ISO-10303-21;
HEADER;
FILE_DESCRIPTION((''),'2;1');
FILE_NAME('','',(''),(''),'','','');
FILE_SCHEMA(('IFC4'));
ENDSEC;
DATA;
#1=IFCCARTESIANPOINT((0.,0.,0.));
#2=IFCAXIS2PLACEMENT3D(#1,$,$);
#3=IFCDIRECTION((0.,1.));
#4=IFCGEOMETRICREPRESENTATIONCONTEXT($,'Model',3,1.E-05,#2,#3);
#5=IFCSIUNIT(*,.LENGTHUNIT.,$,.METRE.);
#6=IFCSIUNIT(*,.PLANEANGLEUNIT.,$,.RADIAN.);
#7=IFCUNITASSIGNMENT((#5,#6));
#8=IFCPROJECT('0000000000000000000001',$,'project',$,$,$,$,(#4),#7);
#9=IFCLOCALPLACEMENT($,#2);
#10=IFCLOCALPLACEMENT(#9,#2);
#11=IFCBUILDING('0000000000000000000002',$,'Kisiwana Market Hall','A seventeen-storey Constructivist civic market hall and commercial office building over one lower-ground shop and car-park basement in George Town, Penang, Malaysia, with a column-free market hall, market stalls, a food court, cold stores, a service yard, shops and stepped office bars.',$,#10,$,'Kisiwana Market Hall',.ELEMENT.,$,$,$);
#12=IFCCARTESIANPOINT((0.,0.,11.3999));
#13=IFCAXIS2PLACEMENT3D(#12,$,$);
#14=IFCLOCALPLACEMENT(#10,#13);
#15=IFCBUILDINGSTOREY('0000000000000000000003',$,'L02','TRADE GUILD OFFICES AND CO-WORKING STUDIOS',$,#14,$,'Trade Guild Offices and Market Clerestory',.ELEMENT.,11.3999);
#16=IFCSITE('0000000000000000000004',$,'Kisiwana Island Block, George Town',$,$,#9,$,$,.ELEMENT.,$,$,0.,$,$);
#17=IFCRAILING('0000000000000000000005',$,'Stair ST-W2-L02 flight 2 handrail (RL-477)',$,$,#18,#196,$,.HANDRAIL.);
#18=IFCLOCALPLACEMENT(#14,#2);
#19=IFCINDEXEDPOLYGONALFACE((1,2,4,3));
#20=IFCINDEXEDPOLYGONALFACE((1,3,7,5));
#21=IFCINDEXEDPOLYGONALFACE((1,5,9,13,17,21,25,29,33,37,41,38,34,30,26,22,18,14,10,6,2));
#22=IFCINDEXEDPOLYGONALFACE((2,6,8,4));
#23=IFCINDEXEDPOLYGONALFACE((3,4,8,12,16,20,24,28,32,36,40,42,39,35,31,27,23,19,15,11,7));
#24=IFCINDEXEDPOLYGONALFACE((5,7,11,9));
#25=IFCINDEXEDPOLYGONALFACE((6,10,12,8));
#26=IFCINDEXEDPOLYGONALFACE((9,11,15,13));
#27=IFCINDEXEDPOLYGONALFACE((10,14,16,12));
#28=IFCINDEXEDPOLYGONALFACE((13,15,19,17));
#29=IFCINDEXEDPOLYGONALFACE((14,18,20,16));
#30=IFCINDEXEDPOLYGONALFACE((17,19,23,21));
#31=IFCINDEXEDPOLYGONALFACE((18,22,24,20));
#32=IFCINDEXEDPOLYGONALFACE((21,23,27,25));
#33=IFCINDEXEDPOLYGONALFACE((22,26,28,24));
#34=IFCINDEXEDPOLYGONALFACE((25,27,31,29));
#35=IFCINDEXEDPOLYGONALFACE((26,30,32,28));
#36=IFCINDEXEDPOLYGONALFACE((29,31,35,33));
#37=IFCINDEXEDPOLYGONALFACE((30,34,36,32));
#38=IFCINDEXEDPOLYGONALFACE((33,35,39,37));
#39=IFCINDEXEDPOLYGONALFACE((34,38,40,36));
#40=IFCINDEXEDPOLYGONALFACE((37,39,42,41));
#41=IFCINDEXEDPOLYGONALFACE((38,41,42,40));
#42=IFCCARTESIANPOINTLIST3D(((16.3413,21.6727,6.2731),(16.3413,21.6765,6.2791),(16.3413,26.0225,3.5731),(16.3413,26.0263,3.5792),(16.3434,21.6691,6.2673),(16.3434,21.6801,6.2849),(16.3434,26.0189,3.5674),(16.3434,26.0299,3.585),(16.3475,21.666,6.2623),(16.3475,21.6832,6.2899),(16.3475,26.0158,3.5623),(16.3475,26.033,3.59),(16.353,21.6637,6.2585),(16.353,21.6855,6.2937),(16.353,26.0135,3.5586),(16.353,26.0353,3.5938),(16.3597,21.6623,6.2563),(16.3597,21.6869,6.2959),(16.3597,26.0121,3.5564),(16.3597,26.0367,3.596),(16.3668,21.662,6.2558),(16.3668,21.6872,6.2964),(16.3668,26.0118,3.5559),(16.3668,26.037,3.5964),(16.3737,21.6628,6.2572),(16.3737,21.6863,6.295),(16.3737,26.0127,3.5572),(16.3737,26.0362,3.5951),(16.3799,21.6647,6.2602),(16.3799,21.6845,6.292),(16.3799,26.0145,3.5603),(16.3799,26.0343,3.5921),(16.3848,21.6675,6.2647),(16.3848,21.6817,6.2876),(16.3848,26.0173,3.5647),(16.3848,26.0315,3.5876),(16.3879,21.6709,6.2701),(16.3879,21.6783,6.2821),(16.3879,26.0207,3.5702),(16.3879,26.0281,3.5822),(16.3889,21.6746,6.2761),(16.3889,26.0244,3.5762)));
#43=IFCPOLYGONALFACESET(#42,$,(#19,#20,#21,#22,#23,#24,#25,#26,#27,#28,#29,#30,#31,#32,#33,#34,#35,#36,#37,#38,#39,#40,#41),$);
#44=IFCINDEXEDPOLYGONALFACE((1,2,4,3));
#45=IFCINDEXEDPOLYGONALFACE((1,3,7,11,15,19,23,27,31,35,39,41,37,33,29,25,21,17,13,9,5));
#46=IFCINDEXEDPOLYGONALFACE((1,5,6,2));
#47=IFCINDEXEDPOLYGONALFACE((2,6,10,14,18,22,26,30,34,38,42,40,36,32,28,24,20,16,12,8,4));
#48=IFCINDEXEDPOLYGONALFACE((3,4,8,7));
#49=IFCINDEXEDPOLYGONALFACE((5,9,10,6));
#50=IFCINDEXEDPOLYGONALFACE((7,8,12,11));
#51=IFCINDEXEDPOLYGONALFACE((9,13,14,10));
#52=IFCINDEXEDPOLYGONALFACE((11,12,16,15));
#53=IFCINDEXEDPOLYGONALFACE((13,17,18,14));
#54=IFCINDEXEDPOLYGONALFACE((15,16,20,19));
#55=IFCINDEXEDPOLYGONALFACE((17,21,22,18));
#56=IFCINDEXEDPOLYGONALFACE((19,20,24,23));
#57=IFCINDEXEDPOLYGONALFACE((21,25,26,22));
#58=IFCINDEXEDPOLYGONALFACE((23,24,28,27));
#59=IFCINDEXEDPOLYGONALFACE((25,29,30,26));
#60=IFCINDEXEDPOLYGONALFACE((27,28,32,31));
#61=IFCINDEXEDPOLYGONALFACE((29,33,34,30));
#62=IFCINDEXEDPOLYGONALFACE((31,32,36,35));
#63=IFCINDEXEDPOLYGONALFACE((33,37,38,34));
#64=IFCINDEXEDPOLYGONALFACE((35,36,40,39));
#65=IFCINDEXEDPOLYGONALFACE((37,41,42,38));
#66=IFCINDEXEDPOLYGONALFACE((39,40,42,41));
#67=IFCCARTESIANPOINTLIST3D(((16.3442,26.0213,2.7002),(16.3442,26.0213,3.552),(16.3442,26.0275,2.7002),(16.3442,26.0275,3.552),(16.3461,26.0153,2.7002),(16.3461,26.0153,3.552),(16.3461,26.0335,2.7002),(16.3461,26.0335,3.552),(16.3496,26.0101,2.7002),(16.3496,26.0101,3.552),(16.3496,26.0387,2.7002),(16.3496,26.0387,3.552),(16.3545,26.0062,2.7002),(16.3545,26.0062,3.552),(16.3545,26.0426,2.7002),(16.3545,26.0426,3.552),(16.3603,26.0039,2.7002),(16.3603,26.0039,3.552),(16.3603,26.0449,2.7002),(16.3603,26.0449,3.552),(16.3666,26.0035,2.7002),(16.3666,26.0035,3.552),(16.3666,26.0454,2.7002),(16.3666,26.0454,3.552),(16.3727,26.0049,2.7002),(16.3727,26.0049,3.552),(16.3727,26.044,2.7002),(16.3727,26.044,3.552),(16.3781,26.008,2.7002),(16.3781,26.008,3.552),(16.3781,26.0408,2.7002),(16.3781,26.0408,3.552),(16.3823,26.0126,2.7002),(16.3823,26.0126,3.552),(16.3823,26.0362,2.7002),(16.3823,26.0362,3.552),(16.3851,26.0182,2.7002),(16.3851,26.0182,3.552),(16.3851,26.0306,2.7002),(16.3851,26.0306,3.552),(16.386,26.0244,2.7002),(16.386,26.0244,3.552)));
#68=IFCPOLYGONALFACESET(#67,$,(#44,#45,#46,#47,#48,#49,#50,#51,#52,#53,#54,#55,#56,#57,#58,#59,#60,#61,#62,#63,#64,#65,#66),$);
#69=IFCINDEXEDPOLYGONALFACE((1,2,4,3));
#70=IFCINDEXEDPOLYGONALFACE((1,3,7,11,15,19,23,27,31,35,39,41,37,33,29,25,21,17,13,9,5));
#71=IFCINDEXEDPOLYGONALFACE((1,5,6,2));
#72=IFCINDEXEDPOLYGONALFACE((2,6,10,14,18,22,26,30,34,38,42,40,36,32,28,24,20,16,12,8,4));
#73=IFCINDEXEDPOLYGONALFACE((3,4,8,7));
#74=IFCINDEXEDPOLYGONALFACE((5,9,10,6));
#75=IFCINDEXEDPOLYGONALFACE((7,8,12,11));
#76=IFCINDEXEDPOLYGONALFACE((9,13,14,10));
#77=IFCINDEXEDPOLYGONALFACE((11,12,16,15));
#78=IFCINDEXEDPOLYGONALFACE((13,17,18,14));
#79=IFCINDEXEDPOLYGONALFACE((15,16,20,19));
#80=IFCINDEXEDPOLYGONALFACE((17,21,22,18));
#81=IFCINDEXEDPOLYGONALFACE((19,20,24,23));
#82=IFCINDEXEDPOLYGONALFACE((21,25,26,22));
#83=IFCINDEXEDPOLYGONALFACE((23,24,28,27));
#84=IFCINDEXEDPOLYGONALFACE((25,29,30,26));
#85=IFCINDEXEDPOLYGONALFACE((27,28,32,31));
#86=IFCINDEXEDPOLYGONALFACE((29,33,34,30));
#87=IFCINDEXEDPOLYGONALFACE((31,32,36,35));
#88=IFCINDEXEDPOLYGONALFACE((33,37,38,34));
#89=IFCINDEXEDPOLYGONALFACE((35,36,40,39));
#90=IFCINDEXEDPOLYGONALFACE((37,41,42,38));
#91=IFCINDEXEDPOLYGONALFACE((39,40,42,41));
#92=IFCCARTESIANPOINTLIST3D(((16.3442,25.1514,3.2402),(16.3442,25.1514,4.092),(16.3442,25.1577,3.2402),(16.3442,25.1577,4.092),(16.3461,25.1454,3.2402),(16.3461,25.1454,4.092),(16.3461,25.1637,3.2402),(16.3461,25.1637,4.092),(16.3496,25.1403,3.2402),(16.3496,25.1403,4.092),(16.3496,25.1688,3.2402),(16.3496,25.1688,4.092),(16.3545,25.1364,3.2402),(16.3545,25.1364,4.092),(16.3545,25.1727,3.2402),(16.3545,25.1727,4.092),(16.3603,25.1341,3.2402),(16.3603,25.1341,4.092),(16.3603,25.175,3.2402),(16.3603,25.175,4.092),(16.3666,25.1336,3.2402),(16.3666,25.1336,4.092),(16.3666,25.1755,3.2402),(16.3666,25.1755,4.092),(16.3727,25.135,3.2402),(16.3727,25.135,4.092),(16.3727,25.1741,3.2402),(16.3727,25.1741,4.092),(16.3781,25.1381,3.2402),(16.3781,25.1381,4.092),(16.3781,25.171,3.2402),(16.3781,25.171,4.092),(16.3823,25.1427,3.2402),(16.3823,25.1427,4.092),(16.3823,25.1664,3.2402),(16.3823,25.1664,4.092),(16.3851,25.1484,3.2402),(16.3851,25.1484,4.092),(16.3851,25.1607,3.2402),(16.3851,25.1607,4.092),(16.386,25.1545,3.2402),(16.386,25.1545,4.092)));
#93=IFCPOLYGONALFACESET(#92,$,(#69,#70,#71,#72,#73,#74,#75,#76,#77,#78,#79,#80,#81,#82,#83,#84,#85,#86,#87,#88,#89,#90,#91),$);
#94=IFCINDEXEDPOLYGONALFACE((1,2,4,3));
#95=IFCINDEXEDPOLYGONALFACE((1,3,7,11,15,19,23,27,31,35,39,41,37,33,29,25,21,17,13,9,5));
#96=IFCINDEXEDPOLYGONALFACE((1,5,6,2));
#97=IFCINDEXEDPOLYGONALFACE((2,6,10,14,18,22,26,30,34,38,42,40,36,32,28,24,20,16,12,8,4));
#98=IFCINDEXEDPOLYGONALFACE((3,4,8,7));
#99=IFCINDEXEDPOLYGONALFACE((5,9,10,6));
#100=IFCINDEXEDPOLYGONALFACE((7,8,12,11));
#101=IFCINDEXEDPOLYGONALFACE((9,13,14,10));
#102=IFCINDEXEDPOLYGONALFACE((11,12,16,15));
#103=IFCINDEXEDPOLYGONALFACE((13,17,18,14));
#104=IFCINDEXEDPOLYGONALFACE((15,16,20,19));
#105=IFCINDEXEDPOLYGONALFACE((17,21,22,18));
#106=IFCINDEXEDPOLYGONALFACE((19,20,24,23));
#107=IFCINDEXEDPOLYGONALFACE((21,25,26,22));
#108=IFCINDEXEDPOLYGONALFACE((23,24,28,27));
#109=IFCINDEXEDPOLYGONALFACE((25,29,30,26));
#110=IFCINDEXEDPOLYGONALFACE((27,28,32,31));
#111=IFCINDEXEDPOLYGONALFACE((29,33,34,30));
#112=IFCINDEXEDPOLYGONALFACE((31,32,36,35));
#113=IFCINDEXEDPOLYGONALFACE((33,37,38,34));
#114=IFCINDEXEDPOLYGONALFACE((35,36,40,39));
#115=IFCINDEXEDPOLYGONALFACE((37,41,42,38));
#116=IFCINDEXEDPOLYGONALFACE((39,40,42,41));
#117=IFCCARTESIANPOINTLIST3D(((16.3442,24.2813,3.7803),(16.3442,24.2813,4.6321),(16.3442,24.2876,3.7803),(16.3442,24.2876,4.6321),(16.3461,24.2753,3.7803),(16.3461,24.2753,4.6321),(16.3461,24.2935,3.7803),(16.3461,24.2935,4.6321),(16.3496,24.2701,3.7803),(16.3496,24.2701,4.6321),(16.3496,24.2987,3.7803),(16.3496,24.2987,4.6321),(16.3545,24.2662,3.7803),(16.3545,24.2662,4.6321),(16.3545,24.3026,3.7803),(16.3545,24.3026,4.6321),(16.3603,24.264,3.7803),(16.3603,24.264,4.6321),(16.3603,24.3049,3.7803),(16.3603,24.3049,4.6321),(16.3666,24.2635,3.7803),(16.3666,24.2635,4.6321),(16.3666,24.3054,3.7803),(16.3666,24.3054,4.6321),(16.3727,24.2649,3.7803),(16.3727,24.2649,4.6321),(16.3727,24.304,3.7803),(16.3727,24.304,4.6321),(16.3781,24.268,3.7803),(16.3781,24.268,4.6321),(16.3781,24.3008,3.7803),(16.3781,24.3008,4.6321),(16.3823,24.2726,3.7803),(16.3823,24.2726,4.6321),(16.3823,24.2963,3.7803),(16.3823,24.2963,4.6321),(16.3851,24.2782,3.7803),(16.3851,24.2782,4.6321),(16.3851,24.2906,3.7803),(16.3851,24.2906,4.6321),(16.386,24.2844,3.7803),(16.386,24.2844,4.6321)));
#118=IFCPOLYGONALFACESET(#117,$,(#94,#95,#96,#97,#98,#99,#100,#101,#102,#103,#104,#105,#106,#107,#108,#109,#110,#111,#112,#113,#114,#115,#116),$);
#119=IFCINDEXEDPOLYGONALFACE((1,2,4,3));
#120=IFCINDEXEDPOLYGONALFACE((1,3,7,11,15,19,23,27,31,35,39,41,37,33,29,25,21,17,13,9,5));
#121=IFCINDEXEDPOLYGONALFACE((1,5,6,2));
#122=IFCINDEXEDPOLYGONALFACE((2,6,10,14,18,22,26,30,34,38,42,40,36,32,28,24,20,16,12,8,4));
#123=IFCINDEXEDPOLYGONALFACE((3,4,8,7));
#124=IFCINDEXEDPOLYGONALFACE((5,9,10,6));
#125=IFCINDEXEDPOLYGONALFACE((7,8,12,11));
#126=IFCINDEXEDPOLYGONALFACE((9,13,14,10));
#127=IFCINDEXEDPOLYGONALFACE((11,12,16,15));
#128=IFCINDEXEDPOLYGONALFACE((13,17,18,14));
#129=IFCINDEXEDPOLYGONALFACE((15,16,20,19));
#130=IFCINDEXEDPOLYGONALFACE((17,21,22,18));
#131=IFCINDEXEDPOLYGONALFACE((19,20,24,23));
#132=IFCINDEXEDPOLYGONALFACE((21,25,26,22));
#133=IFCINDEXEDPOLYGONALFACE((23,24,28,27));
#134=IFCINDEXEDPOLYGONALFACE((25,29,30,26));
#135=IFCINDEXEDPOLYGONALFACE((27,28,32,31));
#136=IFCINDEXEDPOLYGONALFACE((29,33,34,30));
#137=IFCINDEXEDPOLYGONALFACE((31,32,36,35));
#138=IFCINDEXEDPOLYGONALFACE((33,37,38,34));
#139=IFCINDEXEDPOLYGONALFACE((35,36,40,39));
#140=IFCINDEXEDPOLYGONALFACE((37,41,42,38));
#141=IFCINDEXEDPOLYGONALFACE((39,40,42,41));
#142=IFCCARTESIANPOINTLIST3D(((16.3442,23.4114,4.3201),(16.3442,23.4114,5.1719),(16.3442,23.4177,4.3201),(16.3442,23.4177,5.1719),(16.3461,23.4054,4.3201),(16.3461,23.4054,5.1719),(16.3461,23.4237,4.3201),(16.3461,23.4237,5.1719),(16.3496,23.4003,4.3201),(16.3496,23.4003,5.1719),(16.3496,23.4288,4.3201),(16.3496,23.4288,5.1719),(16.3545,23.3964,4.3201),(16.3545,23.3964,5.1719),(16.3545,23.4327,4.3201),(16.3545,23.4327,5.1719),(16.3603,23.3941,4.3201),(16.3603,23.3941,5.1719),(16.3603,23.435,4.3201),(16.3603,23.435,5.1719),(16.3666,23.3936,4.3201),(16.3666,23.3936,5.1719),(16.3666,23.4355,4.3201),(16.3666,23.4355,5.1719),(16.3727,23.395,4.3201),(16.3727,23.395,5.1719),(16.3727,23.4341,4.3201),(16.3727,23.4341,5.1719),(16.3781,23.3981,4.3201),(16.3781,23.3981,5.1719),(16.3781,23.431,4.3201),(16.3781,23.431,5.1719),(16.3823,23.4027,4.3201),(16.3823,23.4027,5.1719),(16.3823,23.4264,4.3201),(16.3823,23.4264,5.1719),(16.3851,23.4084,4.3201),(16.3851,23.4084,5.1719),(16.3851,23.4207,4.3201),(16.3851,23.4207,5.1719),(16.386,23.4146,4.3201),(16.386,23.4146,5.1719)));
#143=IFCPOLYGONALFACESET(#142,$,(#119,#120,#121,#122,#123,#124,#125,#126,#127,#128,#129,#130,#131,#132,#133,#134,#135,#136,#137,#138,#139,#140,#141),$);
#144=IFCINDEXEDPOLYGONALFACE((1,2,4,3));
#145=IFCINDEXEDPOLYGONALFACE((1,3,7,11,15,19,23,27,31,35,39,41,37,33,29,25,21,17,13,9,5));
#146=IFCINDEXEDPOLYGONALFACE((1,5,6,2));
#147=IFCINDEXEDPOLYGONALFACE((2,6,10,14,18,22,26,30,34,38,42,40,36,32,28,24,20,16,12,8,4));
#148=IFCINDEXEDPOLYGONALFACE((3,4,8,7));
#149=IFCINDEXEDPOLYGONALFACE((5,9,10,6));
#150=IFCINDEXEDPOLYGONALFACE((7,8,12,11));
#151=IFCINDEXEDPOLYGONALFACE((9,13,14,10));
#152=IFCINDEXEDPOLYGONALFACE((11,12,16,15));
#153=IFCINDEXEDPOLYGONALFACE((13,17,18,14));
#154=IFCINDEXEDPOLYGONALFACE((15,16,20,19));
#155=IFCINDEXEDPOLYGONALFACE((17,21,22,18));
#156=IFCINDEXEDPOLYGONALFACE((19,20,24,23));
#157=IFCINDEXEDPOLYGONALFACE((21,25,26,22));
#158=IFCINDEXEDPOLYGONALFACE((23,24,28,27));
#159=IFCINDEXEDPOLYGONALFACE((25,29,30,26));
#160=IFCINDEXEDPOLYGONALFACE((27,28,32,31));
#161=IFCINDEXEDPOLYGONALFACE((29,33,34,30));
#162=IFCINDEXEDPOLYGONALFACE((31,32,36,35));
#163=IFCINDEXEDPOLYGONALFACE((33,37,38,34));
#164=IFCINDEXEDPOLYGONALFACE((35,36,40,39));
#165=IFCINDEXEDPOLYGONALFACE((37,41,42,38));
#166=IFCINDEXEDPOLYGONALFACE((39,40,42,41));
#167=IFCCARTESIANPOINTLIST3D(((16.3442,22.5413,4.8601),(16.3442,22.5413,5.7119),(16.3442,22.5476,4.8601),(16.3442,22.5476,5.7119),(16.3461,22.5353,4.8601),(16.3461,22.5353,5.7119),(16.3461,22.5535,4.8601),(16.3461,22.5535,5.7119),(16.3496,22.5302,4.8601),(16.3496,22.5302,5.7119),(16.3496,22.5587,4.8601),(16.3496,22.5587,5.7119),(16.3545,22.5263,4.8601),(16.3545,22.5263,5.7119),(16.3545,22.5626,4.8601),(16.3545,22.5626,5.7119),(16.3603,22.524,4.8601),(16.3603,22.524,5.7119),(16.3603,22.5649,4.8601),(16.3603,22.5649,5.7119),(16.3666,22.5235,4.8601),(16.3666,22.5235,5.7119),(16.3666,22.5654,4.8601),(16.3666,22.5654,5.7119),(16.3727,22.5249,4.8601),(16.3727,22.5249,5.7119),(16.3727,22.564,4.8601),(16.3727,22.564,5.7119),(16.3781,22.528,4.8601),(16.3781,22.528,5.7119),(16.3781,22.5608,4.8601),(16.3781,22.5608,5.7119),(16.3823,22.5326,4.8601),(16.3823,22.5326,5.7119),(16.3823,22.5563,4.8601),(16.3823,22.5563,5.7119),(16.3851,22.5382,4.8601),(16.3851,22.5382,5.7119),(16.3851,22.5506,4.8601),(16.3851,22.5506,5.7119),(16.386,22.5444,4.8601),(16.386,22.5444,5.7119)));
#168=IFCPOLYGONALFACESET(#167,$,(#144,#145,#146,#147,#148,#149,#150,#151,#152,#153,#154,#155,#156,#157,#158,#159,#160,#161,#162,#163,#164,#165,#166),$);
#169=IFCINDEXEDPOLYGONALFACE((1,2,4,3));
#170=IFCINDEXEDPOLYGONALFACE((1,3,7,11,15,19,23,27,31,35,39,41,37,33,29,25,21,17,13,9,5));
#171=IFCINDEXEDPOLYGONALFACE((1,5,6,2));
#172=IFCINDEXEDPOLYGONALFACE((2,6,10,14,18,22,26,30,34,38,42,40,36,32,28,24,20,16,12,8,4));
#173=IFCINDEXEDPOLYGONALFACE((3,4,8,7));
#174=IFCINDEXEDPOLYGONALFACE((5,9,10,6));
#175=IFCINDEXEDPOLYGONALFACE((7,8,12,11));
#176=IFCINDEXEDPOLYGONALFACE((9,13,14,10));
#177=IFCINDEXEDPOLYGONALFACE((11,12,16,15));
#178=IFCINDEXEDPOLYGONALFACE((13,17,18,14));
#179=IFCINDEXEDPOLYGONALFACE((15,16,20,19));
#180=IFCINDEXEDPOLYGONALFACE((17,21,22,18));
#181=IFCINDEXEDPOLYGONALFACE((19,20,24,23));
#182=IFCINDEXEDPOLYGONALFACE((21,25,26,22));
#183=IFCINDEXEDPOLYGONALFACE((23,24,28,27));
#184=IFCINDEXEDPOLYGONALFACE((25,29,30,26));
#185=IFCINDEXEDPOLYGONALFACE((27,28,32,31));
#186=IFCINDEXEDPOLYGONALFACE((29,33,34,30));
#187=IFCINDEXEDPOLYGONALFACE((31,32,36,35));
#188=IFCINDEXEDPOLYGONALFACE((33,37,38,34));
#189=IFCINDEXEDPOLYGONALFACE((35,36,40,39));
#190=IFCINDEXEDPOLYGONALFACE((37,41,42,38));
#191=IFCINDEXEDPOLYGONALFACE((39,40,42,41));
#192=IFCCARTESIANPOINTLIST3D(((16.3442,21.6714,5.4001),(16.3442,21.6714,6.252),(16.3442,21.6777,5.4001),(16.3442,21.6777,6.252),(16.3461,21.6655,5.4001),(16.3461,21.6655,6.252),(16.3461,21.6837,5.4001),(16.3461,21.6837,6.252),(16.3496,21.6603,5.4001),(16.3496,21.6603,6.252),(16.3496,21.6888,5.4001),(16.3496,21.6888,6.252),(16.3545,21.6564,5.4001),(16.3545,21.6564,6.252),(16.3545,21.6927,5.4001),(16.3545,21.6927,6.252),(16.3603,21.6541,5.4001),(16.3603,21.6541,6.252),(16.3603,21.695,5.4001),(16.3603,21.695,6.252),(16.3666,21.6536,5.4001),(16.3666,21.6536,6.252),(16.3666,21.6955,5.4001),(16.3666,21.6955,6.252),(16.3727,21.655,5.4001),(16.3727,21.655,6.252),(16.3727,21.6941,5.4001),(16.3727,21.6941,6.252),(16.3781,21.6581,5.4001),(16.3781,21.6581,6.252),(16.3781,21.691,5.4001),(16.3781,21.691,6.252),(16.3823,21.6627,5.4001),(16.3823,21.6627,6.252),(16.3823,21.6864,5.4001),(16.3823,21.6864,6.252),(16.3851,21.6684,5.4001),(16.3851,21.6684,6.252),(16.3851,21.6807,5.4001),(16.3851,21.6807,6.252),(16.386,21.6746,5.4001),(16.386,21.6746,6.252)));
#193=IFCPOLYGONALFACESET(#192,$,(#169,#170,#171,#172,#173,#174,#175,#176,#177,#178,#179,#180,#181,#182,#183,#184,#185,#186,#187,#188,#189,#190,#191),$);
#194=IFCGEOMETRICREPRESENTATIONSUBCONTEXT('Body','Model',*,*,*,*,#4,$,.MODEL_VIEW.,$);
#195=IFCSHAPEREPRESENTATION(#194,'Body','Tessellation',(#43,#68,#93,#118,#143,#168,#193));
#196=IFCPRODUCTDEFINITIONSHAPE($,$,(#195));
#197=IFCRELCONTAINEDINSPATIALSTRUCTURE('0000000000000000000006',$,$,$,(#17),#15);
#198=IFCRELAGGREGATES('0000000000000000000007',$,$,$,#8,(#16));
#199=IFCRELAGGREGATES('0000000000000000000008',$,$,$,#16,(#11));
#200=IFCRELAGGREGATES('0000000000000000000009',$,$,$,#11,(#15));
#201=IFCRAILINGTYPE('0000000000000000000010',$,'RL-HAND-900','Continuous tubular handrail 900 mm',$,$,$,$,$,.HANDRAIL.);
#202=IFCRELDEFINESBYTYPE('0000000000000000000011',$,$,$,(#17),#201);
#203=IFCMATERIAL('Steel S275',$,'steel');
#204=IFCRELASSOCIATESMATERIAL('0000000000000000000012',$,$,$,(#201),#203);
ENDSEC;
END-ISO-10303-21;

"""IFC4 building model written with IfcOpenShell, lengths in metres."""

from ifc_helpers import new_model, si_unit, direction, frame, origin, origin_2d, place, context, subcontext, project, spatial, circle, extrude, material, type_object, element, save


model = new_model("IFC4")

# Units and contexts
model_context = context("Model", 3, precision=1e-05, world=origin(), true_north=direction((0.0, 1.0)))
body_context = subcontext(model_context, "Body", "Model", "MODEL_VIEW")
ifc_project = project(units=[si_unit("LENGTHUNIT", "METRE"), si_unit("PLANEANGLEUNIT", "RADIAN")], contexts=[model_context])

# Site, building, storey
site_placement = place(None, origin())
site = spatial("IfcSite", under=ifc_project, at=site_placement, Name="Kisiwana Island Block, George Town", CompositionType="ELEMENT", RefElevation=0.0)
building_placement = place(site_placement, origin())
building = spatial("IfcBuilding", under=site, at=building_placement, Name="Kisiwana Market Hall", Description="A seventeen-storey Constructivist civic market hall and commercial office building over one lower-ground shop and car-park basement in George Town, Penang, Malaysia, with a column-free market hall, market stalls, a food court, cold stores, a service yard, shops and stepped office bars.", LongName="Kisiwana Market Hall", CompositionType="ELEMENT")
storey_placement = place(building_placement, frame((0.0, 0.0, 11.3999)))
storey = spatial("IfcBuildingStorey", under=building, at=storey_placement, Name="L02", Description="TRADE GUILD OFFICES AND CO-WORKING STUDIOS", LongName="Trade Guild Offices and Market Clerestory", CompositionType="ELEMENT", Elevation=11.3999)

# Railing
ifc_material_1 = material(Name="Steel S275", Category="steel")
railing_type_1 = type_object("IfcRailingType", Name="RL-HAND-900", Description="Continuous tubular handrail 900 mm", PredefinedType="HANDRAIL", material=ifc_material_1)
railing_1_placement = place(storey_placement, frame((16.365, 26.0244, 2.7002)))
element("IfcRailing", 1, at=railing_1_placement, inside=storey, type_object=railing_type_1, Name="Stair ST-W2-L02 flight 2 handrail (RL-477)", PredefinedType="HANDRAIL", context=body_context, shape_type="SweptSolid", body=[
    extrude(circle(Radius=0.0239, at=origin_2d()), frame((0.0, 0.0, 0.876), z_axis=(0.0, -0.849636, 0.527369), x_axis=(1.0, 0.0, 0.0)), (0.0, 0.0, 1.0), 5.1196),
    extrude(circle(Radius=0.021, at=origin_2d()), origin(), (0.0, 0.0, 1.0), 0.8518),
    extrude(circle(Radius=0.021, at=origin_2d()), frame((0.0, -0.8699, 0.54)), (0.0, 0.0, 1.0), 0.8518),
    extrude(circle(Radius=0.021, at=origin_2d()), frame((0.0, -1.74, 1.0801)), (0.0, 0.0, 1.0), 0.8518),
    extrude(circle(Radius=0.021, at=origin_2d()), frame((0.0, -2.6099, 1.6199)), (0.0, 0.0, 1.0), 0.8518),
    extrude(circle(Radius=0.021, at=origin_2d()), frame((0.0, -3.48, 2.1599)), (0.0, 0.0, 1.0), 0.8518),
    extrude(circle(Radius=0.021, at=origin_2d()), frame((0.0, -4.3499, 2.7)), (0.0, 0.0, 1.0), 0.8518),
])

save(model, "model.ifc")
